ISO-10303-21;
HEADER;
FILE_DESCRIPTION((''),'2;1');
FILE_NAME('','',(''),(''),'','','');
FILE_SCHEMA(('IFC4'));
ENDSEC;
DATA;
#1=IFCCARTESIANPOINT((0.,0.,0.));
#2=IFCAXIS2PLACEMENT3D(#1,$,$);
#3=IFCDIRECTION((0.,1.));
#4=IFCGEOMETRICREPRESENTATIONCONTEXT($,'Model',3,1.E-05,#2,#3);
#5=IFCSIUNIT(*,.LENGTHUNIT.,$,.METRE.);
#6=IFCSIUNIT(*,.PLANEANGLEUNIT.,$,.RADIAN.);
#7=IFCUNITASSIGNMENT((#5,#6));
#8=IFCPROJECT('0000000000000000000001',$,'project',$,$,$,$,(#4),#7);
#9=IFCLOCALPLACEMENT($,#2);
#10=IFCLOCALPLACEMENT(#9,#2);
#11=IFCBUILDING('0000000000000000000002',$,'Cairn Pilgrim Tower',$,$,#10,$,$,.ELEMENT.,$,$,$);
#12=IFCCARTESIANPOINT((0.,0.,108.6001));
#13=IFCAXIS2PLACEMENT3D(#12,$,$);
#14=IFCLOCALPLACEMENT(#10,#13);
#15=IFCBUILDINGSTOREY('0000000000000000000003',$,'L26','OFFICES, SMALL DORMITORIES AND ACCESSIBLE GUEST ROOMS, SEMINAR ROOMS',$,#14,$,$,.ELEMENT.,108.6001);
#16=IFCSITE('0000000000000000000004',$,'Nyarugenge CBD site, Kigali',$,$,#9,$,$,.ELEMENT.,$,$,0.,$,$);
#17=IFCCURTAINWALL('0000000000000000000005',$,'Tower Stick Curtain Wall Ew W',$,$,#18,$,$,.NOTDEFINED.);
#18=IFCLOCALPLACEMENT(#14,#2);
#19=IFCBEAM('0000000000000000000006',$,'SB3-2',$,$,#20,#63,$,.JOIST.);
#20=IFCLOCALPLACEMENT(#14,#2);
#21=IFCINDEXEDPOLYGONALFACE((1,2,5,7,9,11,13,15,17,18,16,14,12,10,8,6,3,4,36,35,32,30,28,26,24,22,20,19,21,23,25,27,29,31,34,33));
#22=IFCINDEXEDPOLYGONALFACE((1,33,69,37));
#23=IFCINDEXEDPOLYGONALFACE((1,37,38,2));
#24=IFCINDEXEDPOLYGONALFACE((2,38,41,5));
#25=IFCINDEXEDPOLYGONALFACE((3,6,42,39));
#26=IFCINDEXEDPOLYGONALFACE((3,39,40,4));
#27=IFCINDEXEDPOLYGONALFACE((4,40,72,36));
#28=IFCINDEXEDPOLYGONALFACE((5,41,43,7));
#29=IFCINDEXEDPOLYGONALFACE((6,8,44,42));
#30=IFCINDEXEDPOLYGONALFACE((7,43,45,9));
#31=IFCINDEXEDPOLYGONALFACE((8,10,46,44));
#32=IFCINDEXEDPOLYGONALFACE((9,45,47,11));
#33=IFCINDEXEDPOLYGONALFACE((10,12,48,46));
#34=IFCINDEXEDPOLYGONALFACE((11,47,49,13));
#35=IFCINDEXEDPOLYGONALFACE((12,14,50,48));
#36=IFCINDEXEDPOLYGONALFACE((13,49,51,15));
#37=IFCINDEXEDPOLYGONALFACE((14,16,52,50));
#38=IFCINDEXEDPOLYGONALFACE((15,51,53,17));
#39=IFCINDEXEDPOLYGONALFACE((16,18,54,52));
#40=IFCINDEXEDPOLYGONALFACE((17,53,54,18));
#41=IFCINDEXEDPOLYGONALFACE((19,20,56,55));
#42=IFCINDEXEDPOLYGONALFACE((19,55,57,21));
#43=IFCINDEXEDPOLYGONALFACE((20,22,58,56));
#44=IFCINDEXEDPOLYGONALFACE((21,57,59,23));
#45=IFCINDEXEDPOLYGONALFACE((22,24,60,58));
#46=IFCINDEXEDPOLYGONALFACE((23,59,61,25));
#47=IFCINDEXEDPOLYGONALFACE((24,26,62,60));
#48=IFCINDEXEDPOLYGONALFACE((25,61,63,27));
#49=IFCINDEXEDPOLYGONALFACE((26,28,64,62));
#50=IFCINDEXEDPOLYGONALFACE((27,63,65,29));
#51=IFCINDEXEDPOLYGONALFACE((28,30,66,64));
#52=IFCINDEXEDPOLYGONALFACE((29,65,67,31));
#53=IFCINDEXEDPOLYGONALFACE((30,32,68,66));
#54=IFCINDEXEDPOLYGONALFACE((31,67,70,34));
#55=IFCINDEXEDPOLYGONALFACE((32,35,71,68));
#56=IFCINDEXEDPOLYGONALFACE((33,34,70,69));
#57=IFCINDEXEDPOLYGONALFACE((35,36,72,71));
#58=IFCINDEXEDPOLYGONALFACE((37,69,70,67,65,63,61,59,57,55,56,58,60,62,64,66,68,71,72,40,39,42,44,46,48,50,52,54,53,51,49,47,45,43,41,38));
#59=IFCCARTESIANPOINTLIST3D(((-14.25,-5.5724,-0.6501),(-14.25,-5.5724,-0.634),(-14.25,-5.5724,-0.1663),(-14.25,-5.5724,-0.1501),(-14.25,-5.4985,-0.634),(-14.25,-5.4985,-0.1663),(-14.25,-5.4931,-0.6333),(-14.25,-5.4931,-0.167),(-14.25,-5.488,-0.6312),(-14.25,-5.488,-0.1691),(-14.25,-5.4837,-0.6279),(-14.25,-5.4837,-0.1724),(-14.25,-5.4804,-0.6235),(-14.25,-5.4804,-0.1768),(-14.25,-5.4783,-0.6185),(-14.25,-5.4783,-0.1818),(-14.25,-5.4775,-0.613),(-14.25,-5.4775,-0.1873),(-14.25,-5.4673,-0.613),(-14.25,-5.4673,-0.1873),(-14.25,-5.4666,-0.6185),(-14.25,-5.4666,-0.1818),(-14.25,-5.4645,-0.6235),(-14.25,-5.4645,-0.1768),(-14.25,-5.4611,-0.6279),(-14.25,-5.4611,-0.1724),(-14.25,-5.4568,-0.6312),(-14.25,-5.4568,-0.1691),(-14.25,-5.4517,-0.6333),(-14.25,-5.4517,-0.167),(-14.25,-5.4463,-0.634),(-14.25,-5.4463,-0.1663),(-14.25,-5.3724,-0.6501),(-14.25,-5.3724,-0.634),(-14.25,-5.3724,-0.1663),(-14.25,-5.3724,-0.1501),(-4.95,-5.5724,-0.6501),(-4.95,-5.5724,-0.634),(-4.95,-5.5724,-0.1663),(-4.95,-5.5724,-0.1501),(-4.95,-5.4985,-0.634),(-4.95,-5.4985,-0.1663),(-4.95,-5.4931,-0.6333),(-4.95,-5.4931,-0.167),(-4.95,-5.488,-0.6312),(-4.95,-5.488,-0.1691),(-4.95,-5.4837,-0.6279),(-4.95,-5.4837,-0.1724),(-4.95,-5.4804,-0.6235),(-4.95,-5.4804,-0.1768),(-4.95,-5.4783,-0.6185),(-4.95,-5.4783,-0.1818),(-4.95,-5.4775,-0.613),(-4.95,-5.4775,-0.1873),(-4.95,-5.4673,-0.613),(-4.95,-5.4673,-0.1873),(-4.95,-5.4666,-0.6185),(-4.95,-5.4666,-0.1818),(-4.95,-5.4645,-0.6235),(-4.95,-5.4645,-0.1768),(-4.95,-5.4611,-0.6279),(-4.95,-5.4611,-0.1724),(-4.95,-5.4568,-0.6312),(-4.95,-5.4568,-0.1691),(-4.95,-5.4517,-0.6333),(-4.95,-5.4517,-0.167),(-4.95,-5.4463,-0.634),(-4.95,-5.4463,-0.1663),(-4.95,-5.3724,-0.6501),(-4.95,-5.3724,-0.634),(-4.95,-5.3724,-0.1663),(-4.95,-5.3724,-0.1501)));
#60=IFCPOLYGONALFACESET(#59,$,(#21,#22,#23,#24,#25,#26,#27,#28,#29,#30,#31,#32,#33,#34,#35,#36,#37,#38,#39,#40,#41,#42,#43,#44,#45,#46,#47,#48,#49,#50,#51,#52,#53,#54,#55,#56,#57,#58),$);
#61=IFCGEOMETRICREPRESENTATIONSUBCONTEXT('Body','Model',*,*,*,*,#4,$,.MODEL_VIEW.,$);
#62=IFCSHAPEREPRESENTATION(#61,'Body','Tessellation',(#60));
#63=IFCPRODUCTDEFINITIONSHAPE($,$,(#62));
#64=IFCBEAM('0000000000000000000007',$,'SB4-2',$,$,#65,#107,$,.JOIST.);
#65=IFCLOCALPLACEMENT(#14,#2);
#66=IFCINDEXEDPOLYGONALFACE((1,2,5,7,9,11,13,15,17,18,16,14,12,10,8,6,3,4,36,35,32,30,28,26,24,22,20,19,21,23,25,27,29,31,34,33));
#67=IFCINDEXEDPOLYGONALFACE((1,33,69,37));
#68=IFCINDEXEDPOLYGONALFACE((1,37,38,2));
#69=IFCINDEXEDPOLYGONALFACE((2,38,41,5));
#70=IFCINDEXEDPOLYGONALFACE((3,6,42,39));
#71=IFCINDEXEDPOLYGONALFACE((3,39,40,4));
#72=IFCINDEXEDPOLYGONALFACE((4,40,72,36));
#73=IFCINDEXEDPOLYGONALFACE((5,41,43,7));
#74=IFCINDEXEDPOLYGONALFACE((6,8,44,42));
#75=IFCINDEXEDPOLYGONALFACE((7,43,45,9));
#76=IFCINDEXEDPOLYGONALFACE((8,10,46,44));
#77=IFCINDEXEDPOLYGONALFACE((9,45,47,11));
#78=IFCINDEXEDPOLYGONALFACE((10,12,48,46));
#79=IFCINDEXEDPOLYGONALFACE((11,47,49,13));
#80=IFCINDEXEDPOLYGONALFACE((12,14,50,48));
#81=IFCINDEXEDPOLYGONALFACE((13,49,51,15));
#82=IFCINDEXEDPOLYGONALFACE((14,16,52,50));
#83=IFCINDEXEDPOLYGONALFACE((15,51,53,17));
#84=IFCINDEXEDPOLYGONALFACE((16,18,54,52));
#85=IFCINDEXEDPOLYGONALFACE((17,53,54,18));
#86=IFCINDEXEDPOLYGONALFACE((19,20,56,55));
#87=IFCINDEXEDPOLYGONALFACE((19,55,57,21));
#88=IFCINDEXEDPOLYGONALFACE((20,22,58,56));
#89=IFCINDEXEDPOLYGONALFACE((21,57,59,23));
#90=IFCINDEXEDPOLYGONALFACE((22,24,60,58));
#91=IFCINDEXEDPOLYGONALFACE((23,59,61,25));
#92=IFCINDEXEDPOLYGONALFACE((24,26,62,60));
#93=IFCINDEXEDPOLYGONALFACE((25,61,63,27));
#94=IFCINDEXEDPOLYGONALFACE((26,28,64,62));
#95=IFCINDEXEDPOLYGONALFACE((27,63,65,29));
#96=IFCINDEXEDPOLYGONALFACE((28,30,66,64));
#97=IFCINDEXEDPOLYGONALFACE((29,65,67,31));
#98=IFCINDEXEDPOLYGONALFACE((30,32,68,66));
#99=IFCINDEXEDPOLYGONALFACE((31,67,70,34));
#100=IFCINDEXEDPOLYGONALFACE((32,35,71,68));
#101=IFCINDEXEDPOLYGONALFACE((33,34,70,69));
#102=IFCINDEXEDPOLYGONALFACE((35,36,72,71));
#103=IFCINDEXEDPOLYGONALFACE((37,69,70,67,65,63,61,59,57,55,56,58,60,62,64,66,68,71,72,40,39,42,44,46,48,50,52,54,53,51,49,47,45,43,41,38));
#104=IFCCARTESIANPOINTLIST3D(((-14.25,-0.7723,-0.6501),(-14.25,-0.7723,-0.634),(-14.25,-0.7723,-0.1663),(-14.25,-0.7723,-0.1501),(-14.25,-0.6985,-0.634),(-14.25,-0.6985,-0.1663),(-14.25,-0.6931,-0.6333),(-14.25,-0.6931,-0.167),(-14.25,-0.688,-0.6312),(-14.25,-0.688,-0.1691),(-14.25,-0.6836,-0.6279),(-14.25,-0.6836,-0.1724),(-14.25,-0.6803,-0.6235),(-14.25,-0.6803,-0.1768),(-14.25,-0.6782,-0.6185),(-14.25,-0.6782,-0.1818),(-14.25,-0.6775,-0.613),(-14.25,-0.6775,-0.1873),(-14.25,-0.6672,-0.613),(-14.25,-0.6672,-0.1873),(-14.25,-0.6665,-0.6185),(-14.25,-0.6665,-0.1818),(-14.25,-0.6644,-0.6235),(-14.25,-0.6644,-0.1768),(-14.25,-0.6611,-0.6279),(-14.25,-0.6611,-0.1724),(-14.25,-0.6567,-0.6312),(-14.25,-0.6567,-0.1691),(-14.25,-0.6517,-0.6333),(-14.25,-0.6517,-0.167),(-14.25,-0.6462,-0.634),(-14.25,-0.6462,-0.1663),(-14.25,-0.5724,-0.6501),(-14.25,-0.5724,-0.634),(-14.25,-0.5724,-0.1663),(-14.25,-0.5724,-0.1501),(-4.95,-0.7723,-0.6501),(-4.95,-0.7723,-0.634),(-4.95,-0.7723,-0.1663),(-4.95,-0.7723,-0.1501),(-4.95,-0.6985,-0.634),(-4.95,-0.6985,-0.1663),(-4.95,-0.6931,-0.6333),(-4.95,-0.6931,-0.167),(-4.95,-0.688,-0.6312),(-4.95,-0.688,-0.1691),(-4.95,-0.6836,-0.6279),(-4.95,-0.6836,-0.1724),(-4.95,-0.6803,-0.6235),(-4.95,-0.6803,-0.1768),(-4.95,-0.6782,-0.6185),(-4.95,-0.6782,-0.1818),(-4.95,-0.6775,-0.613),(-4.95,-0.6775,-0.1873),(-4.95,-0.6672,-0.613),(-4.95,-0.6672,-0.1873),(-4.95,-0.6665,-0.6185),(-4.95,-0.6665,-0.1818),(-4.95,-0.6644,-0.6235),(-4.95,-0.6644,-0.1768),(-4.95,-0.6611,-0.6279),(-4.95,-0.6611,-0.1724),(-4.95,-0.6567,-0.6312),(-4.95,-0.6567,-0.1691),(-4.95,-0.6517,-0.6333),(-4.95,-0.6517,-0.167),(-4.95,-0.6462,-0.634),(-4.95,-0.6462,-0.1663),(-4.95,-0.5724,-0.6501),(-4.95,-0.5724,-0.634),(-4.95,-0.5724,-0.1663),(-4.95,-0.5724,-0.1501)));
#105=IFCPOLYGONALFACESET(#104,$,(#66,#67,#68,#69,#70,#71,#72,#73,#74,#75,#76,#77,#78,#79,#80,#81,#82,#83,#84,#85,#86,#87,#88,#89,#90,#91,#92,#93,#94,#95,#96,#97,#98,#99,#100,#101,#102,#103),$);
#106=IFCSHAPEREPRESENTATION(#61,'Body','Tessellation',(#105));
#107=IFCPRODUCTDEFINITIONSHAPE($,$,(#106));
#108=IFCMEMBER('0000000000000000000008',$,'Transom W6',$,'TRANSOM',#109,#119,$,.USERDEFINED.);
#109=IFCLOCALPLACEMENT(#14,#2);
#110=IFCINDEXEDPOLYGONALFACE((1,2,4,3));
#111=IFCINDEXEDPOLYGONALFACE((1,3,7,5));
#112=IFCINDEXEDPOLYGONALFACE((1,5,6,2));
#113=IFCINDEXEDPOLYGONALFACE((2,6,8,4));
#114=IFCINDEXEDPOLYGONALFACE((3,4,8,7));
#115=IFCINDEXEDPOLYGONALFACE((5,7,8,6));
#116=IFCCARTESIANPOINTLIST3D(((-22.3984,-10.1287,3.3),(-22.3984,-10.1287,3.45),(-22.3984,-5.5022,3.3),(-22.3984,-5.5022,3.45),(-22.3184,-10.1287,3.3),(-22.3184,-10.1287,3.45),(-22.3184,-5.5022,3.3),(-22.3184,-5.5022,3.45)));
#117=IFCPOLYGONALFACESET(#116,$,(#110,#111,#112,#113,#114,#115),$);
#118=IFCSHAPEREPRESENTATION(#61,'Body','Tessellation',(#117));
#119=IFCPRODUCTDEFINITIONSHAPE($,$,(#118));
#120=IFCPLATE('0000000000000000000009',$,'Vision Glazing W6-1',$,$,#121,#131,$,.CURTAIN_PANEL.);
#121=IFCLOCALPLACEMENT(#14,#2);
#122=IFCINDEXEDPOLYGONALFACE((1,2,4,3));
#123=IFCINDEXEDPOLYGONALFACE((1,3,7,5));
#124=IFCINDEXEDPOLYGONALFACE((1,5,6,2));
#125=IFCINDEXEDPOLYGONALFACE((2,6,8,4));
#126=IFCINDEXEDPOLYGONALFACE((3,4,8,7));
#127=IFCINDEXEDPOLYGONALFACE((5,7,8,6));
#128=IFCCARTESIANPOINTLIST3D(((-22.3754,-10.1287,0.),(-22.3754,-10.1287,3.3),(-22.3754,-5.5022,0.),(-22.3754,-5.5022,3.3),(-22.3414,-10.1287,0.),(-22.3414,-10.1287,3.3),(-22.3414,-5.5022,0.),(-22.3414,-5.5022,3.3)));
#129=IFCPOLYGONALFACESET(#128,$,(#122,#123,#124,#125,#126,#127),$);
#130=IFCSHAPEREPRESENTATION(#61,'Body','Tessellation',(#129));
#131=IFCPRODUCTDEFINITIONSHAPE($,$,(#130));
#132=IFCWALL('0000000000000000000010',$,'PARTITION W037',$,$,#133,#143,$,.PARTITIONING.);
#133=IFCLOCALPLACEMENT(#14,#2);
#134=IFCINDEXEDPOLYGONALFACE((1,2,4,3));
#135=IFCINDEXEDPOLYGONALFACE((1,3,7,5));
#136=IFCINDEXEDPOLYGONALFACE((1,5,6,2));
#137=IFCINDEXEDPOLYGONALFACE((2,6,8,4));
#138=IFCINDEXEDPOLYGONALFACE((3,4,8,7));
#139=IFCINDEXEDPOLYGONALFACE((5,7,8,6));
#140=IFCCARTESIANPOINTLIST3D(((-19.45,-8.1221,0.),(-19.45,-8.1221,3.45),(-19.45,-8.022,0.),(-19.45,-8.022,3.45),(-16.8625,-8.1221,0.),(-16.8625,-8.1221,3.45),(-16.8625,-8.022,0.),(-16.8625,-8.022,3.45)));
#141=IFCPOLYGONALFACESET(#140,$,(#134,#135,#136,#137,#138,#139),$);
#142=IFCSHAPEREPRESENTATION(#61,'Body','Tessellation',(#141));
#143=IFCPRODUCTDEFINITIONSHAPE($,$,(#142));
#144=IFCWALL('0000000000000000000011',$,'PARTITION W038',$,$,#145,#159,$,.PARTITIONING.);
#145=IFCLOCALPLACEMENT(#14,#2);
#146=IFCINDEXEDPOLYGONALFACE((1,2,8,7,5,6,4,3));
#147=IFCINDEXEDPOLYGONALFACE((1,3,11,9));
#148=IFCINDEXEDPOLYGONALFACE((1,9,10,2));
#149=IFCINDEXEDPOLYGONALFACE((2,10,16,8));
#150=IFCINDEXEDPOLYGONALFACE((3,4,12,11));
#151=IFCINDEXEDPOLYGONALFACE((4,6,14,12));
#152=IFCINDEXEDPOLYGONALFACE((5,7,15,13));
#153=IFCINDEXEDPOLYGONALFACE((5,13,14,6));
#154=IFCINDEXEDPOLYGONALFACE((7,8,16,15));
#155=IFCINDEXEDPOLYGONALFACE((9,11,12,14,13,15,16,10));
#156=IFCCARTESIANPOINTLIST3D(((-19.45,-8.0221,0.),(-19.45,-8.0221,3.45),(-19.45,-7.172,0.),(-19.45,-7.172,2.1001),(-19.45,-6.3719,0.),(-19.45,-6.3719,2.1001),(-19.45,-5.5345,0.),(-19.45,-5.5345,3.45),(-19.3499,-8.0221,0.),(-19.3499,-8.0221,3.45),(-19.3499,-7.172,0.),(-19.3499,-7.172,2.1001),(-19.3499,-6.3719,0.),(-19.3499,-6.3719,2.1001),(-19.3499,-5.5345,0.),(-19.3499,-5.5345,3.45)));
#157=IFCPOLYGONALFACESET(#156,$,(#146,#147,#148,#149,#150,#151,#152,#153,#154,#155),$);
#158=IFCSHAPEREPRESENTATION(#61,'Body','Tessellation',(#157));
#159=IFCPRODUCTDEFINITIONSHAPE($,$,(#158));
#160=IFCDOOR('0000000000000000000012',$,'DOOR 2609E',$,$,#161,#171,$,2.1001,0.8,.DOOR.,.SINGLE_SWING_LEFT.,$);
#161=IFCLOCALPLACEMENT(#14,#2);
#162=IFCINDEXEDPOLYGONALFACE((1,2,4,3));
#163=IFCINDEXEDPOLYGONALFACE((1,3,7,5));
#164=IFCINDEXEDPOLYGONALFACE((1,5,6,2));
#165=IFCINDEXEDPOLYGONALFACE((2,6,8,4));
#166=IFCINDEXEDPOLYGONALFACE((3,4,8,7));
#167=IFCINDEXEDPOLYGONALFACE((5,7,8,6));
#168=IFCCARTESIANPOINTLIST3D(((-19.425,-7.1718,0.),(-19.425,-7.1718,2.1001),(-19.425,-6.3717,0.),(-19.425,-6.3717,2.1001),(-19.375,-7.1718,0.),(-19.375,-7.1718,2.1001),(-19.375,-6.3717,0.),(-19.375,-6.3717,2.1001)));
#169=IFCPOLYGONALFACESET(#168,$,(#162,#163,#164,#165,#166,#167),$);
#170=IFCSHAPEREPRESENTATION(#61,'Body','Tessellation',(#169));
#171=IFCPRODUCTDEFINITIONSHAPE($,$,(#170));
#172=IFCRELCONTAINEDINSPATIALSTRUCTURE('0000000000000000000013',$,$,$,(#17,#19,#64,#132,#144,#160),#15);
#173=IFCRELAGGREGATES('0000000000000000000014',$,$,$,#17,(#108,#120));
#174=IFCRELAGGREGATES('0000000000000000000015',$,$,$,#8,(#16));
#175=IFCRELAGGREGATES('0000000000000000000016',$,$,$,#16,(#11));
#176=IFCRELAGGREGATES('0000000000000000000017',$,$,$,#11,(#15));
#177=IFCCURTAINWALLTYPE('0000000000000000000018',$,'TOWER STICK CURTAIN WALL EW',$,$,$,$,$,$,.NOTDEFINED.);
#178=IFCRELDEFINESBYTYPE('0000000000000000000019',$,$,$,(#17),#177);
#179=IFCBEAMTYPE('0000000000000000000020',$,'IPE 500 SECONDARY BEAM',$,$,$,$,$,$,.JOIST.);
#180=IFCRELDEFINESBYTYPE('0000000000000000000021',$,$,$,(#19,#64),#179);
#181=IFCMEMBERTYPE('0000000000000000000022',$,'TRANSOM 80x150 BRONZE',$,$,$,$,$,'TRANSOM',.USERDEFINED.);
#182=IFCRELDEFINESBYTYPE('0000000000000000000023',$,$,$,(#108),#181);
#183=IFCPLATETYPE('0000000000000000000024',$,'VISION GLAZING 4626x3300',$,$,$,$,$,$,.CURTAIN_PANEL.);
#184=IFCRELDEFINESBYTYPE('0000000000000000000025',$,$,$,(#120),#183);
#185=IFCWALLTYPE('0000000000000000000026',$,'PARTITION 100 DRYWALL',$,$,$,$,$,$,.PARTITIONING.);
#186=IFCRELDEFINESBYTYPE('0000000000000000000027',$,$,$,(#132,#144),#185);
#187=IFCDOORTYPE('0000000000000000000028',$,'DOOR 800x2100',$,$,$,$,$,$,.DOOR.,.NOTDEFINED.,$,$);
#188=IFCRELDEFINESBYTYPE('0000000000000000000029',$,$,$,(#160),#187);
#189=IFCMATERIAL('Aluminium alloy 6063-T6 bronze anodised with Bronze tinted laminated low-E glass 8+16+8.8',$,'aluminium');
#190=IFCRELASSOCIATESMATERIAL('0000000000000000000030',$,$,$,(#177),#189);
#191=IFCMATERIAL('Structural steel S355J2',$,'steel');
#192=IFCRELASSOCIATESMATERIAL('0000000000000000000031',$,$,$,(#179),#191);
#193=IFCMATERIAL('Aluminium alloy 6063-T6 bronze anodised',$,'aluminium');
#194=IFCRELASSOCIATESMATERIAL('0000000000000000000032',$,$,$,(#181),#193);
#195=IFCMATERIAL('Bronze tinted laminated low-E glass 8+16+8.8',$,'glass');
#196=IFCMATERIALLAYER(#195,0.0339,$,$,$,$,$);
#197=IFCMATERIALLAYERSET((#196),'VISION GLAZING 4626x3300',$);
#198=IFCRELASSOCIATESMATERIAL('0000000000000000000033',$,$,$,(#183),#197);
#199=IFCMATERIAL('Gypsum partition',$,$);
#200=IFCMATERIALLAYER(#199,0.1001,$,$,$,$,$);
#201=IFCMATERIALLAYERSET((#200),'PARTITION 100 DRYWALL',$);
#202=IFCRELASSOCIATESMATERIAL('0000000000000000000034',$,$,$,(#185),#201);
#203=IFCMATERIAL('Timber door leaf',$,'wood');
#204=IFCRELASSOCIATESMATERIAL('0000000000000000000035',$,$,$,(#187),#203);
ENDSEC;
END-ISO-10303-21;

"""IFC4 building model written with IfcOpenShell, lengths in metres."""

from ifc_helpers import new_model, si_unit, direction, frame, frame_2d, origin, origin_2d, place, context, subcontext, project, spatial, rectangle, i_section, extrude, material, layer, layer_set, material_profile, profile_set, type_object, element, fill, aggregate, save


model = new_model("IFC4")

# Units and contexts
model_context = context("Model", 3, precision=1e-05, world=origin(), true_north=direction((0.0, 1.0)))
body_context = subcontext(model_context, "Body", "Model", "MODEL_VIEW")
ifc_project = project(units=[si_unit("LENGTHUNIT", "METRE"), si_unit("PLANEANGLEUNIT", "RADIAN")], contexts=[model_context])

# Site, building, storey
site_placement = place(None, origin())
site = spatial("IfcSite", under=ifc_project, at=site_placement, Name="Nyarugenge CBD site, Kigali", CompositionType="ELEMENT", RefElevation=0.0)
building_placement = place(site_placement, origin())
building = spatial("IfcBuilding", under=site, at=building_placement, Name="Cairn Pilgrim Tower", CompositionType="ELEMENT")
storey_placement = place(building_placement, frame((0.0, 0.0, 108.6001)))
storey = spatial("IfcBuildingStorey", under=building, at=storey_placement, Name="L26", Description="OFFICES, SMALL DORMITORIES AND ACCESSIBLE GUEST ROOMS, SEMINAR ROOMS", CompositionType="ELEMENT", Elevation=108.6001)

# Shared definitions
ifc_material_1 = material(Name="Structural steel S355J2", Category="steel")

# Curtain wall
ifc_material_2 = material(Name="Aluminium alloy 6063-T6 bronze anodised with Bronze tinted laminated low-E glass 8+16+8.8", Category="aluminium")
curtain_wall_type = type_object("IfcCurtainWallType", Name="TOWER STICK CURTAIN WALL EW", PredefinedType="NOTDEFINED", material=ifc_material_2)
curtain_wall_placement = place(storey_placement, origin())
curtain_wall = element("IfcCurtainWall", 1, at=curtain_wall_placement, inside=storey, type_object=curtain_wall_type, Name="Tower Stick Curtain Wall Ew W", PredefinedType="NOTDEFINED")
ifc_material_3 = material(Name="Aluminium alloy 6063-T6 bronze anodised", Category="aluminium")

# Beams
ifc_material_profile_1 = material_profile(ifc_material_1, i_section(OverallWidth=0.2, OverallDepth=0.5, WebThickness=0.0103, FlangeThickness=0.0161, FilletRadius=0.021, at=origin_2d()), Name="IPE 500")
ifc_profile_set_1 = profile_set([ifc_material_profile_1], Name="Structural steel S355J2")
beam_type_1 = type_object("IfcBeamType", Name="IPE 500 SECONDARY BEAM", PredefinedType="JOIST", material=ifc_profile_set_1)
for number, where, z_axis, x_axis, name in (
    (2, (-14.25, -5.4724, -0.4001), (1.0, 0.0, 0.0), (0.0, 1.0, 0.0), "SB3-2"),
    (3, (-14.25, -0.6724, -0.4001), (1.0, 0.0, 0.0), (0.0, 1.0, 0.0), "SB4-2"),
):
    element("IfcBeam", number, at=place(storey_placement, frame(where, z_axis=z_axis, x_axis=x_axis)), inside=storey, type_object=beam_type_1, Name=name, PredefinedType="JOIST", context=body_context, shape_type="SweptSolid", body=[
        extrude(i_section(OverallWidth=0.2, OverallDepth=0.5, WebThickness=0.0103, FlangeThickness=0.0161, FilletRadius=0.021, at=origin_2d()), origin(), (0.0, 0.0, 1.0), 9.3),
    ])

# Member
ifc_material_profile_2 = material_profile(ifc_material_3, rectangle(XDim=0.0801, YDim=0.1499, at=origin_2d()), Name="TRANSOM 80x150 BRONZE")
ifc_profile_set_2 = profile_set([ifc_material_profile_2], Name="Aluminium alloy 6063-T6 bronze anodised")
member_type_1 = type_object("IfcMemberType", Name="TRANSOM 80x150 BRONZE", ElementType="TRANSOM", PredefinedType="USERDEFINED", material=ifc_profile_set_2)
member_1_placement = place(storey_placement, frame((-22.3584, -5.5022, 3.375), z_axis=(0.0, -1.0, 0.0), x_axis=(1.0, 0.0, 0.0)))
member_1 = element("IfcMember", 4, at=member_1_placement, type_object=member_type_1, Name="Transom W6", ObjectType="TRANSOM", PredefinedType="USERDEFINED", context=body_context, shape_type="SweptSolid", body=[
    extrude(rectangle(XDim=0.0801, YDim=0.1499, at=origin_2d()), origin(), (0.0, 0.0, 1.0), 4.6265),
])

# Plate
ifc_material_4 = material(Name="Bronze tinted laminated low-E glass 8+16+8.8", Category="glass")
ifc_layer_1 = layer(ifc_material_4, 0.0339)
ifc_layer_set_1 = layer_set([ifc_layer_1], Name="VISION GLAZING 4626x3300")
plate_type = type_object("IfcPlateType", Name="VISION GLAZING 4626x3300", PredefinedType="CURTAIN_PANEL", material=ifc_layer_set_1)
plate_placement = place(storey_placement, frame((-22.3584, -7.8154, 0.0), z_axis=(0.0, 0.0, 1.0), x_axis=(0.0, -1.0, 0.0)))
plate = element("IfcPlate", 5, at=plate_placement, type_object=plate_type, Name="Vision Glazing W6-1", PredefinedType="CURTAIN_PANEL", context=body_context, shape_type="SweptSolid", body=[
    extrude(rectangle(XDim=4.6265, YDim=0.0339, at=origin_2d()), origin(), (0.0, 0.0, 1.0), 3.3),
])
aggregate(curtain_wall, [member_1, plate])

# Wall
ifc_material_5 = material(Name="Gypsum partition")
ifc_layer_2 = layer(ifc_material_5, 0.1001)
ifc_layer_set_2 = layer_set([ifc_layer_2], Name="PARTITION 100 DRYWALL")
wall_type_1 = type_object("IfcWallType", Name="PARTITION 100 DRYWALL", PredefinedType="PARTITIONING", material=ifc_layer_set_2)
wall_1_placement = place(storey_placement, frame((-19.45, -8.072, 0.0), z_axis=(0.0, 0.0, 1.0), x_axis=(1.0, 0.0, 0.0)))
element("IfcWall", 6, at=wall_1_placement, inside=storey, type_object=wall_type_1, Name="PARTITION W037", PredefinedType="PARTITIONING", context=body_context, shape_type="SweptSolid", body=[
    extrude(rectangle(XDim=2.5874, YDim=0.1001, at=frame_2d((1.2937, 0.0))), origin(), (0.0, 0.0, 1.0), 3.45),
])

# Wall, opening, door
wall_2_placement = place(storey_placement, frame((-19.3999, -8.022, 0.0), z_axis=(0.0, 0.0, 1.0), x_axis=(0.0, 1.0, 0.0)))
wall_2 = element("IfcWall", 7, at=wall_2_placement, inside=storey, type_object=wall_type_1, Name="PARTITION W038", PredefinedType="PARTITIONING", context=body_context, shape_type="SweptSolid", body=[
    extrude(rectangle(XDim=2.4875, YDim=0.1001, at=frame_2d((1.2437, 0.0))), origin(), (0.0, 0.0, 1.0), 3.45),
])
opening_1_placement = place(wall_2_placement, frame((0.8501, 0.0, 0.0)))
opening_1 = element("IfcOpeningElement", 8, at=opening_1_placement, cuts=wall_2, PredefinedType="OPENING", context=body_context, shape_type="SweptSolid", body=[
    extrude(rectangle(XDim=0.8, YDim=2.1001, at=frame_2d((0.3999, 1.05))), frame((0.0, 0.0601, 0.0), z_axis=(0.0, -1.0, 0.0), x_axis=(1.0, 0.0, 0.0)), (0.0, 0.0, 1.0), 0.1201),
])
ifc_material_6 = material(Name="Timber door leaf", Category="wood")
door_type_1 = type_object("IfcDoorType", Name="DOOR 800x2100", OperationType="NOTDEFINED", PredefinedType="DOOR", material=ifc_material_6)
door_1_placement = place(opening_1_placement, frame((0.8, 0.0, 0.0), z_axis=(0.0, 0.0, 1.0), x_axis=(-1.0, 0.0, 0.0)))
door_1 = element("IfcDoor", 9, at=door_1_placement, inside=storey, type_object=door_type_1, Name="DOOR 2609E", OperationType="SINGLE_SWING_LEFT", OverallHeight=2.1001, OverallWidth=0.8, PredefinedType="DOOR", context=body_context, shape_type="SweptSolid", body=[
    extrude(rectangle(XDim=0.8, YDim=2.1001, at=frame_2d((0.3999, 1.05))), frame((0.0, 0.0249, 0.0), z_axis=(0.0, -1.0, 0.0), x_axis=(1.0, 0.0, 0.0)), (0.0, 0.0, 1.0), 0.05),
])
fill(opening_1, door_1)

save(model, "model.ifc")
